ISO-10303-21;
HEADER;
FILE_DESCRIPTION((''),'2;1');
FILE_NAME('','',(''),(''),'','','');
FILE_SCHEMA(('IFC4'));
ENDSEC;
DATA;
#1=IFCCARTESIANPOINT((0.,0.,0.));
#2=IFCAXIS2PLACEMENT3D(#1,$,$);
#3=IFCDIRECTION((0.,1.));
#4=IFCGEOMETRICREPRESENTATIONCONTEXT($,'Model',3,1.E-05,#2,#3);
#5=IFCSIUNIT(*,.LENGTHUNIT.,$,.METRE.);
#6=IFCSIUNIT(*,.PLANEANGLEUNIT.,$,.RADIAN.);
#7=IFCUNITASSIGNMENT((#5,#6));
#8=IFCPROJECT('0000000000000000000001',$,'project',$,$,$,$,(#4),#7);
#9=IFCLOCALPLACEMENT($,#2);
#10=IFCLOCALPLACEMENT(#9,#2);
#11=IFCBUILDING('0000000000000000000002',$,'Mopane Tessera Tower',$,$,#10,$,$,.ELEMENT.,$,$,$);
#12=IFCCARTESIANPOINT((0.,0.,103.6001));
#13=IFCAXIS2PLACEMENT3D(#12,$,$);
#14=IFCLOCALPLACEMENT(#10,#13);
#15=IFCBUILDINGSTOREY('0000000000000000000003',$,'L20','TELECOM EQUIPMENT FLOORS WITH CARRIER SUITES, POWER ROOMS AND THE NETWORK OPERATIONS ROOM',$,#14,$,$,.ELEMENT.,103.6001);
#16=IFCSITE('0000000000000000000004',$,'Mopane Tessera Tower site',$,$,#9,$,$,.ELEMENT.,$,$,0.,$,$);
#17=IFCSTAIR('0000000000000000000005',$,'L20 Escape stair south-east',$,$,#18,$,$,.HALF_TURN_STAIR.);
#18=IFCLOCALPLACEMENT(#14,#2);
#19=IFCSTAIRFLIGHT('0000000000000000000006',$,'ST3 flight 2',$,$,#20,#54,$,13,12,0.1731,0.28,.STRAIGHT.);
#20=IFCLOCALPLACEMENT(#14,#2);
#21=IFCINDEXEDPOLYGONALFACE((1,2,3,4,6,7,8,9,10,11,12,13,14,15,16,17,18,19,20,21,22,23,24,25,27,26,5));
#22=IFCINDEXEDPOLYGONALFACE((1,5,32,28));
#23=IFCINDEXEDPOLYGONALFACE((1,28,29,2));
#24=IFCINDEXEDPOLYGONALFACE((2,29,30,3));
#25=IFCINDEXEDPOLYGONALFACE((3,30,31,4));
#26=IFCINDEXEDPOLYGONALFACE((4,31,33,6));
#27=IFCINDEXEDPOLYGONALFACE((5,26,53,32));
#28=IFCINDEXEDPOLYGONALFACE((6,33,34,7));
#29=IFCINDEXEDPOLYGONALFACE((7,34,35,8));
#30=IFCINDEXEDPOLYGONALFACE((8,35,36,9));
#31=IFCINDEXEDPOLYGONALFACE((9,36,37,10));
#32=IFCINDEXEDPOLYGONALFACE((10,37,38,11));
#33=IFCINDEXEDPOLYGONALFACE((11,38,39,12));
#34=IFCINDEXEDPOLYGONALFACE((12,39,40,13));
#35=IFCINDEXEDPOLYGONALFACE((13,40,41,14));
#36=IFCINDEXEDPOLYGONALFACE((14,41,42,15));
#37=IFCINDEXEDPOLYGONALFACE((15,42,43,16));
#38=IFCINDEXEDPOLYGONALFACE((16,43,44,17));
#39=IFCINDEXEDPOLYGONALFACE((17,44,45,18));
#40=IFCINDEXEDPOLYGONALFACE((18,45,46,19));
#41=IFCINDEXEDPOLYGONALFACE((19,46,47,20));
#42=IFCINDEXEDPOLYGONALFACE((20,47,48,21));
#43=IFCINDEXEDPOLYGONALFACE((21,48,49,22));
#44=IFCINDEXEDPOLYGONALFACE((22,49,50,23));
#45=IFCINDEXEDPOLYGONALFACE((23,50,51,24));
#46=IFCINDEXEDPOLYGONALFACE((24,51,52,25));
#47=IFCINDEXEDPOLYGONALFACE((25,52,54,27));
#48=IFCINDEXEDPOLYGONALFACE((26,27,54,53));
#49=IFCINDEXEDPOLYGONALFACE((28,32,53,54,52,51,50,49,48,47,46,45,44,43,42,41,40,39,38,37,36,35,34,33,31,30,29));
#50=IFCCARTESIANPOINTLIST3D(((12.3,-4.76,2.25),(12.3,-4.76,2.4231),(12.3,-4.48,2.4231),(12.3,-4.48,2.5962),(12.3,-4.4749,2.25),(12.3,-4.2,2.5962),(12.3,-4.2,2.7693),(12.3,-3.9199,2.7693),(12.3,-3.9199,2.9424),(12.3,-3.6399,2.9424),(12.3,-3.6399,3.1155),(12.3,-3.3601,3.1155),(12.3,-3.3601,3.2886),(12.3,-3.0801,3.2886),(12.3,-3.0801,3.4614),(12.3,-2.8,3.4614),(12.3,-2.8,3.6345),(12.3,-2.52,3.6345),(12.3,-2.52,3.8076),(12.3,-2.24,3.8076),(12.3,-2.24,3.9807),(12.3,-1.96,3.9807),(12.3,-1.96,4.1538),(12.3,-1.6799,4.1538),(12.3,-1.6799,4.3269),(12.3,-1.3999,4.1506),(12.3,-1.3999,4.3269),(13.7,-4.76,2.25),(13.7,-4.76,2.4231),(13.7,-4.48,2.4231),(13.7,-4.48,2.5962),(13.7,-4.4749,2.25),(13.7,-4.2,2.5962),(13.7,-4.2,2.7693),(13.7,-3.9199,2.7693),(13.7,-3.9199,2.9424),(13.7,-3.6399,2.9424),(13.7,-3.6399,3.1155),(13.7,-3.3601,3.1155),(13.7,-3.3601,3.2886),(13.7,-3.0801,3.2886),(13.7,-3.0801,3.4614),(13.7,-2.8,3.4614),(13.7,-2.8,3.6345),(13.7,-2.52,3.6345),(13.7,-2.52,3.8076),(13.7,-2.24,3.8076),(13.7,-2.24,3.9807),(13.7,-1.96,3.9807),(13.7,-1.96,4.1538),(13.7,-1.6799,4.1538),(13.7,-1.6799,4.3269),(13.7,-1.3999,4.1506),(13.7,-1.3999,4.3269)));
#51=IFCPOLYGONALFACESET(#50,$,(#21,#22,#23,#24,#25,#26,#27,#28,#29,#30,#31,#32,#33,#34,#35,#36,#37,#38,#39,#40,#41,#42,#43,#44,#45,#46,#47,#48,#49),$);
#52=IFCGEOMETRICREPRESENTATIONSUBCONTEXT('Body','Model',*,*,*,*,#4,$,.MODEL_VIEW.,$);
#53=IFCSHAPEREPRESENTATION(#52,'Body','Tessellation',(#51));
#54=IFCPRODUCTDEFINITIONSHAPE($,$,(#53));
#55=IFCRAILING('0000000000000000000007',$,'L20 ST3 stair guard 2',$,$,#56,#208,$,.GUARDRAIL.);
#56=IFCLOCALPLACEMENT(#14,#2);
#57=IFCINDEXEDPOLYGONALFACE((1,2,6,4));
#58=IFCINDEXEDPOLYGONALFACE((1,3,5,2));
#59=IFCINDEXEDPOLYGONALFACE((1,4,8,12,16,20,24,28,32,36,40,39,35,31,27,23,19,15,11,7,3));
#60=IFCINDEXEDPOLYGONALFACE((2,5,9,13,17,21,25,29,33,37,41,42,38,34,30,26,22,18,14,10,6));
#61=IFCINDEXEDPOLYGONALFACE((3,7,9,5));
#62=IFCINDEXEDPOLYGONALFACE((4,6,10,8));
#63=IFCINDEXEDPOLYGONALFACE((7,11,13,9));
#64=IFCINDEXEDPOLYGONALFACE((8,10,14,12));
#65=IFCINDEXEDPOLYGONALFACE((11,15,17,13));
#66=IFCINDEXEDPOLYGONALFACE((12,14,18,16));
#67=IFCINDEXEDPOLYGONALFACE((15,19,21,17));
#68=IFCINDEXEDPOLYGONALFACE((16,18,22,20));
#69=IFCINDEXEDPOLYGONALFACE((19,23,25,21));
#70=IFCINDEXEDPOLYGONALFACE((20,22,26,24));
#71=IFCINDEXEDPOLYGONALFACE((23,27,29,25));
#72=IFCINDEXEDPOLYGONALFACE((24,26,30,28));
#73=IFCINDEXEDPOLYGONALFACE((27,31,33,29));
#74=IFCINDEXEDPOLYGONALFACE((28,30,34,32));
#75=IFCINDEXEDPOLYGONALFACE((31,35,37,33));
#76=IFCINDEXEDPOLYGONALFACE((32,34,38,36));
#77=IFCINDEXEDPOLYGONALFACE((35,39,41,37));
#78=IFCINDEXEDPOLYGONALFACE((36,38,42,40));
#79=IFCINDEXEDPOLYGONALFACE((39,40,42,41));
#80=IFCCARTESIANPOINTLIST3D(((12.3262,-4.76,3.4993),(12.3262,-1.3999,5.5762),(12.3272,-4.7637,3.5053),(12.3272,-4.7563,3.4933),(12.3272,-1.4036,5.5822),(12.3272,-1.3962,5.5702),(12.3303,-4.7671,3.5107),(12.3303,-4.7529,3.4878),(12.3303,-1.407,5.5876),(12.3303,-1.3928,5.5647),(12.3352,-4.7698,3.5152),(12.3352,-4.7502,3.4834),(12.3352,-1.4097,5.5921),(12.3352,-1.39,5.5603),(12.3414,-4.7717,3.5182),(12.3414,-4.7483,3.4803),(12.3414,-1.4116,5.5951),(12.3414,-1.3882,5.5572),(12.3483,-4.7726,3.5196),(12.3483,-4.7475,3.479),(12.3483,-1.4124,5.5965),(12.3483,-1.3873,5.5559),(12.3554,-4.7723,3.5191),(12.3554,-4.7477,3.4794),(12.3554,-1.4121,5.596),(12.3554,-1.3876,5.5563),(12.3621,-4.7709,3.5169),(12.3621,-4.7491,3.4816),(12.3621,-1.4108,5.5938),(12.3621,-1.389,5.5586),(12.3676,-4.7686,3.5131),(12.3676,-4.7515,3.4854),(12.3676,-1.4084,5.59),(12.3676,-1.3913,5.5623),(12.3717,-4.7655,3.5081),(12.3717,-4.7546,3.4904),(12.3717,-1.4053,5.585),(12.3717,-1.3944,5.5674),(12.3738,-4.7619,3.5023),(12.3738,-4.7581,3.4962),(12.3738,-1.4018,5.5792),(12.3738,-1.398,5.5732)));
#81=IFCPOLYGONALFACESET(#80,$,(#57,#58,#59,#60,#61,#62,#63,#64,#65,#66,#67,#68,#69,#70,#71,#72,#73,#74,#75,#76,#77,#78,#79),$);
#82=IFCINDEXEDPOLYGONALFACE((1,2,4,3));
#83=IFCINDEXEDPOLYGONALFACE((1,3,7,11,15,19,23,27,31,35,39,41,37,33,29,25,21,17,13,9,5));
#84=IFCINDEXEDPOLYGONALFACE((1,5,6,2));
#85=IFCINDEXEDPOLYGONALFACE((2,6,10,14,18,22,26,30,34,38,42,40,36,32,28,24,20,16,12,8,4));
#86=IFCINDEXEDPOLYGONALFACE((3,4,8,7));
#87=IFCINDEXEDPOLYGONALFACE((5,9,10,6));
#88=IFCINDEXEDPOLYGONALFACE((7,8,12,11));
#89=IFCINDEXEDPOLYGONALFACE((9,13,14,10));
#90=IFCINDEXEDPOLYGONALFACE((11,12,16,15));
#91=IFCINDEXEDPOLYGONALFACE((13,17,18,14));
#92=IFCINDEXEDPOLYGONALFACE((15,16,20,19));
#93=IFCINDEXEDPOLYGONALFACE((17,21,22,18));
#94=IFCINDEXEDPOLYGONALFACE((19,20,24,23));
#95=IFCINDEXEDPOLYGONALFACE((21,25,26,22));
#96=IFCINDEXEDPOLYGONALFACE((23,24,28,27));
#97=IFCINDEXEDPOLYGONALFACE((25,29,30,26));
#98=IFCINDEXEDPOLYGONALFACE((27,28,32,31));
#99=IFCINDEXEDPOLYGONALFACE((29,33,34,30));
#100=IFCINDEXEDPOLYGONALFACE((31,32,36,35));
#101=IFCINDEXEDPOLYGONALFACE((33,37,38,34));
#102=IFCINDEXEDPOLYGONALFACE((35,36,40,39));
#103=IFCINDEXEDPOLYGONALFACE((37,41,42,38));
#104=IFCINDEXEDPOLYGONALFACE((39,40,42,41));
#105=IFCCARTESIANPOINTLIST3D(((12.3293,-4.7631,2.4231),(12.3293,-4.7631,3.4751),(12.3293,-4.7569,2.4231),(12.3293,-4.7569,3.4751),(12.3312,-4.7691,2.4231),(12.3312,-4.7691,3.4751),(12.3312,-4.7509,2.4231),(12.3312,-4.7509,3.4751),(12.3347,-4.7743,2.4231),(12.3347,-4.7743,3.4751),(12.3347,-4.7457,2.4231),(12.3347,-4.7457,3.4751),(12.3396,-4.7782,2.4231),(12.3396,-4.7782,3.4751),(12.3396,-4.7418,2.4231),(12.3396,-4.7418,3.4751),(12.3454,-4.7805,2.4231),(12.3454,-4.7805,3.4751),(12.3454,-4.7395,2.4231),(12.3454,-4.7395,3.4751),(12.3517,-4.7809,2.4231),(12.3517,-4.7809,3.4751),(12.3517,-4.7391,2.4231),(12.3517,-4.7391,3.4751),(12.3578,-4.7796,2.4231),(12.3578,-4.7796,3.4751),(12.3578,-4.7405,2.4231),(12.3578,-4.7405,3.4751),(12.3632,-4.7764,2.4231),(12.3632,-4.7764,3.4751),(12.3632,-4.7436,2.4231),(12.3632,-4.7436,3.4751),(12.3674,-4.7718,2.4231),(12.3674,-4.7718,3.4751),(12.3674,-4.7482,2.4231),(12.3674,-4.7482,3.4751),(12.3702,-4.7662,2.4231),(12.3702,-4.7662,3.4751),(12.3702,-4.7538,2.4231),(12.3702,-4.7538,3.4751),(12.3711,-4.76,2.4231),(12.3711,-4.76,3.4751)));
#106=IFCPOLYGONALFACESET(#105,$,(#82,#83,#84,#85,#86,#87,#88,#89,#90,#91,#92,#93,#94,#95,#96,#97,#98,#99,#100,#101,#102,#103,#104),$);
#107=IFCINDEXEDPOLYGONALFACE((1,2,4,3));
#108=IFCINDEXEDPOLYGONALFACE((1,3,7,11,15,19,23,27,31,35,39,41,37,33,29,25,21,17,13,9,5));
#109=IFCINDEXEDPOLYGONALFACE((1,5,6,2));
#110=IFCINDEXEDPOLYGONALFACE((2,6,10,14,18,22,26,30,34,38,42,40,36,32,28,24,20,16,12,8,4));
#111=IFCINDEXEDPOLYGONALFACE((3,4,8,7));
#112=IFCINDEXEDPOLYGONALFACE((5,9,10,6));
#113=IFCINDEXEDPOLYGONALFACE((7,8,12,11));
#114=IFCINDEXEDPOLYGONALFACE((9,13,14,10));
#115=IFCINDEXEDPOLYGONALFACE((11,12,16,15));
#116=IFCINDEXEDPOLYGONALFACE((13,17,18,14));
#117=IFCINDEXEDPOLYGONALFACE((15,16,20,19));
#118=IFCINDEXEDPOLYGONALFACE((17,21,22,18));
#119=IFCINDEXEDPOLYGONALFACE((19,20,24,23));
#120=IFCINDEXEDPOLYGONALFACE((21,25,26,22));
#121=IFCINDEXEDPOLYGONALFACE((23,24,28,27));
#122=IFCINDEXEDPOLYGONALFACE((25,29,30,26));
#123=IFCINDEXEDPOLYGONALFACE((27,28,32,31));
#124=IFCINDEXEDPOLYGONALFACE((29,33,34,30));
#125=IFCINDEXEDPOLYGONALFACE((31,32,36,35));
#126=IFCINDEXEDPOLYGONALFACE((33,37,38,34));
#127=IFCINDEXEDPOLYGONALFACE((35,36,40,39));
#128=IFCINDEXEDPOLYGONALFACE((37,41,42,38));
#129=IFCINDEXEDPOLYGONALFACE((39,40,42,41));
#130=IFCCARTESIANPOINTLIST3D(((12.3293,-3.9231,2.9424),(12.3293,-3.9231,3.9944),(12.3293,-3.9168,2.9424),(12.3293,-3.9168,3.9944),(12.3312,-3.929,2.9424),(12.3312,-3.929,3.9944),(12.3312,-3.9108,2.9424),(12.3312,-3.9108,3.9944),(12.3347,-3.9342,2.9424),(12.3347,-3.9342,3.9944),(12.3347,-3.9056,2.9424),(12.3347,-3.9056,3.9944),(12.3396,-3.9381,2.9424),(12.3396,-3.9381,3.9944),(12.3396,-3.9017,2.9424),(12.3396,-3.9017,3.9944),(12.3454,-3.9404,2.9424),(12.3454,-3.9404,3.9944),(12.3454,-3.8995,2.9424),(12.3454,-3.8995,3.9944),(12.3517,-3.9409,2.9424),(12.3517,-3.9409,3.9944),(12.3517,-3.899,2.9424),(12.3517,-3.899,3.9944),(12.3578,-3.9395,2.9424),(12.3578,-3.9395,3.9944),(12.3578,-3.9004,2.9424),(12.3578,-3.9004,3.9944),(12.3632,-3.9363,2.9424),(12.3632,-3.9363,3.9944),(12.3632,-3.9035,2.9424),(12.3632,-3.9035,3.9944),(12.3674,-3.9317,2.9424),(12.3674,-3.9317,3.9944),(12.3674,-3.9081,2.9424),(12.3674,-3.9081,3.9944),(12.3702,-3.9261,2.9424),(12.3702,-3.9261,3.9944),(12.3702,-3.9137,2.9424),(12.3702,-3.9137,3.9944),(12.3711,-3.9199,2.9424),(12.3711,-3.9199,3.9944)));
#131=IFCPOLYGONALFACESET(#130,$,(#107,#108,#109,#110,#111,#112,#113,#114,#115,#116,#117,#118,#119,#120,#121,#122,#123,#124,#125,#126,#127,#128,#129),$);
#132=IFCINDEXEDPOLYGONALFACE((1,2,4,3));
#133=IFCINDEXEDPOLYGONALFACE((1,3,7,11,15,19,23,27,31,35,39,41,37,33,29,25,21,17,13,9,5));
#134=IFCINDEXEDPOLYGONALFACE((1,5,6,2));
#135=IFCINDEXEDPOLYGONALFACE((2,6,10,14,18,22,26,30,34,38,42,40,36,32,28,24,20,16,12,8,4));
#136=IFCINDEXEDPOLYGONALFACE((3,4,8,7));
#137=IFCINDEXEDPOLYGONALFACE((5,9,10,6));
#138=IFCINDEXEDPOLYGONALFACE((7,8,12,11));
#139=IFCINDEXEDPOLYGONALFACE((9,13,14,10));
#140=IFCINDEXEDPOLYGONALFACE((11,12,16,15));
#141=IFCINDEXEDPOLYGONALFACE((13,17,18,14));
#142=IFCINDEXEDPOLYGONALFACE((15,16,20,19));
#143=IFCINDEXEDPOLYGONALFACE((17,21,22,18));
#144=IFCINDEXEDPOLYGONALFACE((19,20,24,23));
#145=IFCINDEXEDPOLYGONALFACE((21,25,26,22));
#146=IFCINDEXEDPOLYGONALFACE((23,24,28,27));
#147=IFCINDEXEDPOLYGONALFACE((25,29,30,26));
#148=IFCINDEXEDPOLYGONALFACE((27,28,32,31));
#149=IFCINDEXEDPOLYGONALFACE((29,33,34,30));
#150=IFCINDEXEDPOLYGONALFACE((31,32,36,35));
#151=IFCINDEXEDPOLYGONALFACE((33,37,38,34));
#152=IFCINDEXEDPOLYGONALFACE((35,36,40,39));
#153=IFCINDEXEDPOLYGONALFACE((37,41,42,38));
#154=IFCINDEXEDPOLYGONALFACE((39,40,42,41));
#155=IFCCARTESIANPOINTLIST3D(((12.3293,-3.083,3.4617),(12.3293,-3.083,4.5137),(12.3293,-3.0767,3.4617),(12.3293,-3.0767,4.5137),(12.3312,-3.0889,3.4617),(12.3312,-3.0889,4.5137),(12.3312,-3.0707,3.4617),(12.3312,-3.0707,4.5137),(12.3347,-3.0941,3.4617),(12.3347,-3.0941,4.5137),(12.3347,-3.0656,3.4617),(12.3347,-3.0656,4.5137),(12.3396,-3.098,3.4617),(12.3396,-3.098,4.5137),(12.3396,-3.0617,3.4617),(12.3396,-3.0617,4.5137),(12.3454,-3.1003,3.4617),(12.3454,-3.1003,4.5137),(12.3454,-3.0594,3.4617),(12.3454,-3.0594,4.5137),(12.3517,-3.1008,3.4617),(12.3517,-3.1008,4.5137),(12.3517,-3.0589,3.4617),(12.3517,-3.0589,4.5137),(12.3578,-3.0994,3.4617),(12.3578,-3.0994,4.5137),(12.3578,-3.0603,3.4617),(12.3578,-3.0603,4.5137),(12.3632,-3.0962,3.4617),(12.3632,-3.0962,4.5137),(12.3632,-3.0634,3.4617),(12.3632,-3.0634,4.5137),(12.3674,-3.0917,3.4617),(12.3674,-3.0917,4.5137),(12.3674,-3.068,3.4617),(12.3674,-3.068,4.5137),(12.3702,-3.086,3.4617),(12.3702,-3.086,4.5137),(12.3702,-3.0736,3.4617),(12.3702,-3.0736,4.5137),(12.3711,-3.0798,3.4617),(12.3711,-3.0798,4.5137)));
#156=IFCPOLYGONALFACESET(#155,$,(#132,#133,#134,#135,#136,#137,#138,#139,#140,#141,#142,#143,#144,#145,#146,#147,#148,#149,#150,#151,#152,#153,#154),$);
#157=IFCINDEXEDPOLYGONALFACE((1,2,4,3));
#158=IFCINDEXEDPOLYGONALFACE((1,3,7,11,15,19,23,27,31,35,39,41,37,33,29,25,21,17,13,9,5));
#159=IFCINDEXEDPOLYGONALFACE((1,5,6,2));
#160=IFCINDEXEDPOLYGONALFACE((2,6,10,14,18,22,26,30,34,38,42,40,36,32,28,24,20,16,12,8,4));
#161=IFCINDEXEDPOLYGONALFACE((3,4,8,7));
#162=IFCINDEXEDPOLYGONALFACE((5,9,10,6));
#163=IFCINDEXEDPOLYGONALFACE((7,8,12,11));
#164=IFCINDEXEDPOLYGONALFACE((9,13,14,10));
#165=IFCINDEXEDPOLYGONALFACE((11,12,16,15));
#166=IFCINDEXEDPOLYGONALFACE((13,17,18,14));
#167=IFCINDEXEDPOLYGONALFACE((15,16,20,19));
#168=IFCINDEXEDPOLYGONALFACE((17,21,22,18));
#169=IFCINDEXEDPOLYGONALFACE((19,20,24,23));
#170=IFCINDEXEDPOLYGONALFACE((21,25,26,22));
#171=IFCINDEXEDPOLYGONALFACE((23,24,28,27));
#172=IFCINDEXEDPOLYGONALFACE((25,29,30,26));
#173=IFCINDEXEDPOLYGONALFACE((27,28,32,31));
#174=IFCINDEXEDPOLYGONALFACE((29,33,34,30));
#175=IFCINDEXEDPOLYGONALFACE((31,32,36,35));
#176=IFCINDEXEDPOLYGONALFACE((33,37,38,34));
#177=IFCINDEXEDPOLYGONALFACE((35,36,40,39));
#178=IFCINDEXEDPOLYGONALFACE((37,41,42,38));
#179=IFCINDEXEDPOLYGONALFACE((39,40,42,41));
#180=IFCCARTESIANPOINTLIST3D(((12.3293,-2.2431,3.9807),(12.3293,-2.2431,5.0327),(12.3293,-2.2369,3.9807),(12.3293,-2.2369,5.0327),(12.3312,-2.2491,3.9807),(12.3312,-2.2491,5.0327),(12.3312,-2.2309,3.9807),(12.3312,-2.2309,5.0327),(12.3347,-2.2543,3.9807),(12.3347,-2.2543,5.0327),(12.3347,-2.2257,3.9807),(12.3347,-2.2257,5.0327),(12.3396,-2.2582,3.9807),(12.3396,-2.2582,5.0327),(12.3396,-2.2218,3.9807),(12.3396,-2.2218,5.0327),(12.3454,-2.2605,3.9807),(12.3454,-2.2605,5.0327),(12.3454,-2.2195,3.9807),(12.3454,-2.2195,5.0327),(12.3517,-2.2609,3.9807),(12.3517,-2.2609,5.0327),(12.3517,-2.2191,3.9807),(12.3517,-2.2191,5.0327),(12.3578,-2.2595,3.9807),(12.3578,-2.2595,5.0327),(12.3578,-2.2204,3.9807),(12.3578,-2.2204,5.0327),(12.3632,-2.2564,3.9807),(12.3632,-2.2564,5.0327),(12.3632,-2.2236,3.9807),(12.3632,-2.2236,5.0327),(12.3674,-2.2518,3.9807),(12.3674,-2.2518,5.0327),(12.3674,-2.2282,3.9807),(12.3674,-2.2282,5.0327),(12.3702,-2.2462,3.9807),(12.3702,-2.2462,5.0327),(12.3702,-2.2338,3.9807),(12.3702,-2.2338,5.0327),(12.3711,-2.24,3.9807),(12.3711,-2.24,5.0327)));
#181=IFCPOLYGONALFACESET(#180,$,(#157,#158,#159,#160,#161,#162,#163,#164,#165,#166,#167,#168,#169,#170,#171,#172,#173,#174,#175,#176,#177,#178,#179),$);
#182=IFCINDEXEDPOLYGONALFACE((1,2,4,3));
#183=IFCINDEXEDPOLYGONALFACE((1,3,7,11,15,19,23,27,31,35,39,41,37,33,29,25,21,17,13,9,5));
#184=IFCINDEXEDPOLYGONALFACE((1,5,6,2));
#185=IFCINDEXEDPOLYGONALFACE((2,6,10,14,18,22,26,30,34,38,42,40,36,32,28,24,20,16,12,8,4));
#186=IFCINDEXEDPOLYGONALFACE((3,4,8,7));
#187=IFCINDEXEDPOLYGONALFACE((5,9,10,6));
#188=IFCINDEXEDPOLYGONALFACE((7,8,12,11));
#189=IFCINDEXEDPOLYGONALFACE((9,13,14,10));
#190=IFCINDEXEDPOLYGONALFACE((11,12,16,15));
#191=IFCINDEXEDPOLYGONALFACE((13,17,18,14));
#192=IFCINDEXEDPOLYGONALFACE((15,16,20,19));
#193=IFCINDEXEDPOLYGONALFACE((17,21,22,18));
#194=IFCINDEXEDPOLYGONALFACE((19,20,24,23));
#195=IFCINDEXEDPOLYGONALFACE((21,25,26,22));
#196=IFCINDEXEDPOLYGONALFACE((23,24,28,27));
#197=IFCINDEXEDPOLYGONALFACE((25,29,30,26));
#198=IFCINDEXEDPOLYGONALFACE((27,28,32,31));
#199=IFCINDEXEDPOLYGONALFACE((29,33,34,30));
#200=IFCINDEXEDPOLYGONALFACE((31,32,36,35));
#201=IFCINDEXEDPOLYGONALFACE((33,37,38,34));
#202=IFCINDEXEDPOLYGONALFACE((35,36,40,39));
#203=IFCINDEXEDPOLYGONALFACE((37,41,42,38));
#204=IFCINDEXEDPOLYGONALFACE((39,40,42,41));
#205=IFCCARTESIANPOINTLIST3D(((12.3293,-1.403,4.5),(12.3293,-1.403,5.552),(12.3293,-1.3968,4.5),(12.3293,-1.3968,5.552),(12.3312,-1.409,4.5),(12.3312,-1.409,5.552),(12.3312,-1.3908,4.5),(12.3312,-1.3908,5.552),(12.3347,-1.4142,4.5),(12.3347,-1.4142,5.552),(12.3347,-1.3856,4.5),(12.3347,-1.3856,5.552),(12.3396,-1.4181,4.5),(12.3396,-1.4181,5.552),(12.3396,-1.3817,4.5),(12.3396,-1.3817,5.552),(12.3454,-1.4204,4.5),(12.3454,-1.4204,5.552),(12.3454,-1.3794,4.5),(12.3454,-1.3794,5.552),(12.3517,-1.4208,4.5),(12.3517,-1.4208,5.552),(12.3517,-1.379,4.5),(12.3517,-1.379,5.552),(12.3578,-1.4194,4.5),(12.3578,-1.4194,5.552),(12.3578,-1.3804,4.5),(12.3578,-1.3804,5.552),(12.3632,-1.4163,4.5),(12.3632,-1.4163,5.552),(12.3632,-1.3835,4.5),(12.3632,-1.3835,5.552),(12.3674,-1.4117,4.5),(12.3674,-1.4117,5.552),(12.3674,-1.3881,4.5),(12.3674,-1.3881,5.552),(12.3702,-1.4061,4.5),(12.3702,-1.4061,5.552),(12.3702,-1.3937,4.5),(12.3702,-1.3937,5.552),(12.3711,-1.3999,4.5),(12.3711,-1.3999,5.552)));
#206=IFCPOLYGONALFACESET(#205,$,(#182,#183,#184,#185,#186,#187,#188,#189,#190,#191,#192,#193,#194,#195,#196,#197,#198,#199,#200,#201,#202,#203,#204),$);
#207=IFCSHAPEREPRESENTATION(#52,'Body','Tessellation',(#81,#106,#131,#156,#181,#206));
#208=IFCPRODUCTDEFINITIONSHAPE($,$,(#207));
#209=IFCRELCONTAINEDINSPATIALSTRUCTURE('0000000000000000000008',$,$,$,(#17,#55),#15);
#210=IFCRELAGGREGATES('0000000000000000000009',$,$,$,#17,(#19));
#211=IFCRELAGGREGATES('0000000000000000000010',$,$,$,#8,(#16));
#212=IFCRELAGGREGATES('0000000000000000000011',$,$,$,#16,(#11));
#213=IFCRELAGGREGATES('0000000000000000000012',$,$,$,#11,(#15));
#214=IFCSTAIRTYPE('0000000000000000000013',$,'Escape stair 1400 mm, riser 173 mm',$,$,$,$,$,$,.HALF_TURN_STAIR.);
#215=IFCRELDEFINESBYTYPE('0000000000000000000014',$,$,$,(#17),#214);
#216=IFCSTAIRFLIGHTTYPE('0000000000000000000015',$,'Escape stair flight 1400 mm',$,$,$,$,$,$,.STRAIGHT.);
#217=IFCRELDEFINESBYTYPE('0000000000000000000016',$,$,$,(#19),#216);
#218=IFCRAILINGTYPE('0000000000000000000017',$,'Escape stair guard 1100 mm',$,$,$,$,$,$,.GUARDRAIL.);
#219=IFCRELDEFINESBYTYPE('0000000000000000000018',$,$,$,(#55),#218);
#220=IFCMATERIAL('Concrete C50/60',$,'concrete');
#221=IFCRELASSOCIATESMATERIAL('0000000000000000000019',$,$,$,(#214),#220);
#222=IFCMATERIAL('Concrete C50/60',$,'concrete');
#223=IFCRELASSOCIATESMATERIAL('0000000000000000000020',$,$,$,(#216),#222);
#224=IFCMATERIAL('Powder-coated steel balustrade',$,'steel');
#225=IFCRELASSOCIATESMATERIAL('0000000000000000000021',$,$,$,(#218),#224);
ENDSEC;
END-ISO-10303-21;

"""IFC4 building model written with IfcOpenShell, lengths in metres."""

from ifc_helpers import new_model, si_unit, direction, frame, origin, origin_2d, place, context, subcontext, project, spatial, polyline, circle, outline, extrude, material, type_object, element, aggregate, save


model = new_model("IFC4")

# Units and contexts
model_context = context("Model", 3, precision=1e-05, world=origin(), true_north=direction((0.0, 1.0)))
body_context = subcontext(model_context, "Body", "Model", "MODEL_VIEW")
ifc_project = project(units=[si_unit("LENGTHUNIT", "METRE"), si_unit("PLANEANGLEUNIT", "RADIAN")], contexts=[model_context])

# Site, building, storey
site_placement = place(None, origin())
site = spatial("IfcSite", under=ifc_project, at=site_placement, Name="Mopane Tessera Tower site", CompositionType="ELEMENT", RefElevation=0.0)
building_placement = place(site_placement, origin())
building = spatial("IfcBuilding", under=site, at=building_placement, Name="Mopane Tessera Tower", CompositionType="ELEMENT")
storey_placement = place(building_placement, frame((0.0, 0.0, 103.6001)))
storey = spatial("IfcBuildingStorey", under=building, at=storey_placement, Name="L20", Description="TELECOM EQUIPMENT FLOORS WITH CARRIER SUITES, POWER ROOMS AND THE NETWORK OPERATIONS ROOM", CompositionType="ELEMENT", Elevation=103.6001)

# Stair, stair flight
ifc_material_1 = material(Name="Concrete C50/60", Category="concrete")
stair_type = type_object("IfcStairType", Name="Escape stair 1400 mm, riser 173 mm", PredefinedType="HALF_TURN_STAIR", material=ifc_material_1)
stair_placement = place(storey_placement, origin())
stair = element("IfcStair", 1, at=stair_placement, inside=storey, type_object=stair_type, Name="L20 Escape stair south-east", PredefinedType="HALF_TURN_STAIR")
ifc_material_2 = material(Name="Concrete C50/60", Category="concrete")
stair_flight_type = type_object("IfcStairFlightType", Name="Escape stair flight 1400 mm", PredefinedType="STRAIGHT", material=ifc_material_2)
stair_flight_1_placement = place(storey_placement, frame((13.0, -4.76, 2.25), z_axis=(0.0, 0.0, 1.0), x_axis=(0.0, 1.0, 0.0)))
stair_flight_1 = element("IfcStairFlight", 2, at=stair_flight_1_placement, type_object=stair_flight_type, Name="ST3 flight 2", NumberOfRisers=13, NumberOfTreads=12, PredefinedType="STRAIGHT", RiserHeight=0.1731, TreadLength=0.28, context=body_context, shape_type="SweptSolid", body=[
    extrude(outline(polyline([(0.0, 0.0), (0.0, 0.1731), (0.28, 0.1731), (0.28, 0.3462), (0.5601, 0.3462), (0.5601, 0.5193), (0.8401, 0.5193), (0.8401, 0.6924), (1.1201, 0.6924), (1.1201, 0.8655), (1.3999, 0.8655), (1.3999, 1.0386), (1.6799, 1.0386), (1.6799, 1.2114), (1.96, 1.2114), (1.96, 1.3845), (2.24, 1.3845), (2.24, 1.5576), (2.52, 1.5576), (2.52, 1.7307), (2.8, 1.7307), (2.8, 1.9038), (3.0801, 1.9038), (3.0801, 2.0769), (3.3601, 2.0769), (3.3601, 2.25), (3.3601, 1.9006), (0.2852, 0.0), (0.0, 0.0)])), frame((0.0, 0.7, 0.0), z_axis=(0.0, -1.0, 0.0), x_axis=(1.0, 0.0, 0.0)), (0.0, 0.0, 1.0), 1.3999),
])
aggregate(stair, [stair_flight_1])

# Railing
ifc_material_3 = material(Name="Powder-coated steel balustrade", Category="steel")
railing_type_1 = type_object("IfcRailingType", Name="Escape stair guard 1100 mm", PredefinedType="GUARDRAIL", material=ifc_material_3)
railing_1_placement = place(storey_placement, frame((12.3501, -4.76, 2.4231)))
element("IfcRailing", 3, at=railing_1_placement, inside=storey, type_object=railing_type_1, Name="L20 ST3 stair guard 2", PredefinedType="GUARDRAIL", context=body_context, shape_type="SweptSolid", body=[
    extrude(circle(Radius=0.0239, at=origin_2d()), frame((0.0, 0.0, 1.0762), z_axis=(0.0, 0.850623, 0.525776), x_axis=(-1.0, 0.0, 0.0)), (0.0, 0.0, 1.0), 3.9502),
    extrude(circle(Radius=0.021, at=origin_2d()), origin(), (0.0, 0.0, 1.0), 1.052),
    extrude(circle(Radius=0.021, at=origin_2d()), frame((0.0, 0.8401, 0.5193)), (0.0, 0.0, 1.0), 1.052),
    extrude(circle(Radius=0.021, at=origin_2d()), frame((0.0, 1.6802, 1.0386)), (0.0, 0.0, 1.0), 1.052),
    extrude(circle(Radius=0.021, at=origin_2d()), frame((0.0, 2.52, 1.5576)), (0.0, 0.0, 1.0), 1.052),
    extrude(circle(Radius=0.021, at=origin_2d()), frame((0.0, 3.3601, 2.0769)), (0.0, 0.0, 1.0), 1.052),
])

save(model, "model.ifc")
